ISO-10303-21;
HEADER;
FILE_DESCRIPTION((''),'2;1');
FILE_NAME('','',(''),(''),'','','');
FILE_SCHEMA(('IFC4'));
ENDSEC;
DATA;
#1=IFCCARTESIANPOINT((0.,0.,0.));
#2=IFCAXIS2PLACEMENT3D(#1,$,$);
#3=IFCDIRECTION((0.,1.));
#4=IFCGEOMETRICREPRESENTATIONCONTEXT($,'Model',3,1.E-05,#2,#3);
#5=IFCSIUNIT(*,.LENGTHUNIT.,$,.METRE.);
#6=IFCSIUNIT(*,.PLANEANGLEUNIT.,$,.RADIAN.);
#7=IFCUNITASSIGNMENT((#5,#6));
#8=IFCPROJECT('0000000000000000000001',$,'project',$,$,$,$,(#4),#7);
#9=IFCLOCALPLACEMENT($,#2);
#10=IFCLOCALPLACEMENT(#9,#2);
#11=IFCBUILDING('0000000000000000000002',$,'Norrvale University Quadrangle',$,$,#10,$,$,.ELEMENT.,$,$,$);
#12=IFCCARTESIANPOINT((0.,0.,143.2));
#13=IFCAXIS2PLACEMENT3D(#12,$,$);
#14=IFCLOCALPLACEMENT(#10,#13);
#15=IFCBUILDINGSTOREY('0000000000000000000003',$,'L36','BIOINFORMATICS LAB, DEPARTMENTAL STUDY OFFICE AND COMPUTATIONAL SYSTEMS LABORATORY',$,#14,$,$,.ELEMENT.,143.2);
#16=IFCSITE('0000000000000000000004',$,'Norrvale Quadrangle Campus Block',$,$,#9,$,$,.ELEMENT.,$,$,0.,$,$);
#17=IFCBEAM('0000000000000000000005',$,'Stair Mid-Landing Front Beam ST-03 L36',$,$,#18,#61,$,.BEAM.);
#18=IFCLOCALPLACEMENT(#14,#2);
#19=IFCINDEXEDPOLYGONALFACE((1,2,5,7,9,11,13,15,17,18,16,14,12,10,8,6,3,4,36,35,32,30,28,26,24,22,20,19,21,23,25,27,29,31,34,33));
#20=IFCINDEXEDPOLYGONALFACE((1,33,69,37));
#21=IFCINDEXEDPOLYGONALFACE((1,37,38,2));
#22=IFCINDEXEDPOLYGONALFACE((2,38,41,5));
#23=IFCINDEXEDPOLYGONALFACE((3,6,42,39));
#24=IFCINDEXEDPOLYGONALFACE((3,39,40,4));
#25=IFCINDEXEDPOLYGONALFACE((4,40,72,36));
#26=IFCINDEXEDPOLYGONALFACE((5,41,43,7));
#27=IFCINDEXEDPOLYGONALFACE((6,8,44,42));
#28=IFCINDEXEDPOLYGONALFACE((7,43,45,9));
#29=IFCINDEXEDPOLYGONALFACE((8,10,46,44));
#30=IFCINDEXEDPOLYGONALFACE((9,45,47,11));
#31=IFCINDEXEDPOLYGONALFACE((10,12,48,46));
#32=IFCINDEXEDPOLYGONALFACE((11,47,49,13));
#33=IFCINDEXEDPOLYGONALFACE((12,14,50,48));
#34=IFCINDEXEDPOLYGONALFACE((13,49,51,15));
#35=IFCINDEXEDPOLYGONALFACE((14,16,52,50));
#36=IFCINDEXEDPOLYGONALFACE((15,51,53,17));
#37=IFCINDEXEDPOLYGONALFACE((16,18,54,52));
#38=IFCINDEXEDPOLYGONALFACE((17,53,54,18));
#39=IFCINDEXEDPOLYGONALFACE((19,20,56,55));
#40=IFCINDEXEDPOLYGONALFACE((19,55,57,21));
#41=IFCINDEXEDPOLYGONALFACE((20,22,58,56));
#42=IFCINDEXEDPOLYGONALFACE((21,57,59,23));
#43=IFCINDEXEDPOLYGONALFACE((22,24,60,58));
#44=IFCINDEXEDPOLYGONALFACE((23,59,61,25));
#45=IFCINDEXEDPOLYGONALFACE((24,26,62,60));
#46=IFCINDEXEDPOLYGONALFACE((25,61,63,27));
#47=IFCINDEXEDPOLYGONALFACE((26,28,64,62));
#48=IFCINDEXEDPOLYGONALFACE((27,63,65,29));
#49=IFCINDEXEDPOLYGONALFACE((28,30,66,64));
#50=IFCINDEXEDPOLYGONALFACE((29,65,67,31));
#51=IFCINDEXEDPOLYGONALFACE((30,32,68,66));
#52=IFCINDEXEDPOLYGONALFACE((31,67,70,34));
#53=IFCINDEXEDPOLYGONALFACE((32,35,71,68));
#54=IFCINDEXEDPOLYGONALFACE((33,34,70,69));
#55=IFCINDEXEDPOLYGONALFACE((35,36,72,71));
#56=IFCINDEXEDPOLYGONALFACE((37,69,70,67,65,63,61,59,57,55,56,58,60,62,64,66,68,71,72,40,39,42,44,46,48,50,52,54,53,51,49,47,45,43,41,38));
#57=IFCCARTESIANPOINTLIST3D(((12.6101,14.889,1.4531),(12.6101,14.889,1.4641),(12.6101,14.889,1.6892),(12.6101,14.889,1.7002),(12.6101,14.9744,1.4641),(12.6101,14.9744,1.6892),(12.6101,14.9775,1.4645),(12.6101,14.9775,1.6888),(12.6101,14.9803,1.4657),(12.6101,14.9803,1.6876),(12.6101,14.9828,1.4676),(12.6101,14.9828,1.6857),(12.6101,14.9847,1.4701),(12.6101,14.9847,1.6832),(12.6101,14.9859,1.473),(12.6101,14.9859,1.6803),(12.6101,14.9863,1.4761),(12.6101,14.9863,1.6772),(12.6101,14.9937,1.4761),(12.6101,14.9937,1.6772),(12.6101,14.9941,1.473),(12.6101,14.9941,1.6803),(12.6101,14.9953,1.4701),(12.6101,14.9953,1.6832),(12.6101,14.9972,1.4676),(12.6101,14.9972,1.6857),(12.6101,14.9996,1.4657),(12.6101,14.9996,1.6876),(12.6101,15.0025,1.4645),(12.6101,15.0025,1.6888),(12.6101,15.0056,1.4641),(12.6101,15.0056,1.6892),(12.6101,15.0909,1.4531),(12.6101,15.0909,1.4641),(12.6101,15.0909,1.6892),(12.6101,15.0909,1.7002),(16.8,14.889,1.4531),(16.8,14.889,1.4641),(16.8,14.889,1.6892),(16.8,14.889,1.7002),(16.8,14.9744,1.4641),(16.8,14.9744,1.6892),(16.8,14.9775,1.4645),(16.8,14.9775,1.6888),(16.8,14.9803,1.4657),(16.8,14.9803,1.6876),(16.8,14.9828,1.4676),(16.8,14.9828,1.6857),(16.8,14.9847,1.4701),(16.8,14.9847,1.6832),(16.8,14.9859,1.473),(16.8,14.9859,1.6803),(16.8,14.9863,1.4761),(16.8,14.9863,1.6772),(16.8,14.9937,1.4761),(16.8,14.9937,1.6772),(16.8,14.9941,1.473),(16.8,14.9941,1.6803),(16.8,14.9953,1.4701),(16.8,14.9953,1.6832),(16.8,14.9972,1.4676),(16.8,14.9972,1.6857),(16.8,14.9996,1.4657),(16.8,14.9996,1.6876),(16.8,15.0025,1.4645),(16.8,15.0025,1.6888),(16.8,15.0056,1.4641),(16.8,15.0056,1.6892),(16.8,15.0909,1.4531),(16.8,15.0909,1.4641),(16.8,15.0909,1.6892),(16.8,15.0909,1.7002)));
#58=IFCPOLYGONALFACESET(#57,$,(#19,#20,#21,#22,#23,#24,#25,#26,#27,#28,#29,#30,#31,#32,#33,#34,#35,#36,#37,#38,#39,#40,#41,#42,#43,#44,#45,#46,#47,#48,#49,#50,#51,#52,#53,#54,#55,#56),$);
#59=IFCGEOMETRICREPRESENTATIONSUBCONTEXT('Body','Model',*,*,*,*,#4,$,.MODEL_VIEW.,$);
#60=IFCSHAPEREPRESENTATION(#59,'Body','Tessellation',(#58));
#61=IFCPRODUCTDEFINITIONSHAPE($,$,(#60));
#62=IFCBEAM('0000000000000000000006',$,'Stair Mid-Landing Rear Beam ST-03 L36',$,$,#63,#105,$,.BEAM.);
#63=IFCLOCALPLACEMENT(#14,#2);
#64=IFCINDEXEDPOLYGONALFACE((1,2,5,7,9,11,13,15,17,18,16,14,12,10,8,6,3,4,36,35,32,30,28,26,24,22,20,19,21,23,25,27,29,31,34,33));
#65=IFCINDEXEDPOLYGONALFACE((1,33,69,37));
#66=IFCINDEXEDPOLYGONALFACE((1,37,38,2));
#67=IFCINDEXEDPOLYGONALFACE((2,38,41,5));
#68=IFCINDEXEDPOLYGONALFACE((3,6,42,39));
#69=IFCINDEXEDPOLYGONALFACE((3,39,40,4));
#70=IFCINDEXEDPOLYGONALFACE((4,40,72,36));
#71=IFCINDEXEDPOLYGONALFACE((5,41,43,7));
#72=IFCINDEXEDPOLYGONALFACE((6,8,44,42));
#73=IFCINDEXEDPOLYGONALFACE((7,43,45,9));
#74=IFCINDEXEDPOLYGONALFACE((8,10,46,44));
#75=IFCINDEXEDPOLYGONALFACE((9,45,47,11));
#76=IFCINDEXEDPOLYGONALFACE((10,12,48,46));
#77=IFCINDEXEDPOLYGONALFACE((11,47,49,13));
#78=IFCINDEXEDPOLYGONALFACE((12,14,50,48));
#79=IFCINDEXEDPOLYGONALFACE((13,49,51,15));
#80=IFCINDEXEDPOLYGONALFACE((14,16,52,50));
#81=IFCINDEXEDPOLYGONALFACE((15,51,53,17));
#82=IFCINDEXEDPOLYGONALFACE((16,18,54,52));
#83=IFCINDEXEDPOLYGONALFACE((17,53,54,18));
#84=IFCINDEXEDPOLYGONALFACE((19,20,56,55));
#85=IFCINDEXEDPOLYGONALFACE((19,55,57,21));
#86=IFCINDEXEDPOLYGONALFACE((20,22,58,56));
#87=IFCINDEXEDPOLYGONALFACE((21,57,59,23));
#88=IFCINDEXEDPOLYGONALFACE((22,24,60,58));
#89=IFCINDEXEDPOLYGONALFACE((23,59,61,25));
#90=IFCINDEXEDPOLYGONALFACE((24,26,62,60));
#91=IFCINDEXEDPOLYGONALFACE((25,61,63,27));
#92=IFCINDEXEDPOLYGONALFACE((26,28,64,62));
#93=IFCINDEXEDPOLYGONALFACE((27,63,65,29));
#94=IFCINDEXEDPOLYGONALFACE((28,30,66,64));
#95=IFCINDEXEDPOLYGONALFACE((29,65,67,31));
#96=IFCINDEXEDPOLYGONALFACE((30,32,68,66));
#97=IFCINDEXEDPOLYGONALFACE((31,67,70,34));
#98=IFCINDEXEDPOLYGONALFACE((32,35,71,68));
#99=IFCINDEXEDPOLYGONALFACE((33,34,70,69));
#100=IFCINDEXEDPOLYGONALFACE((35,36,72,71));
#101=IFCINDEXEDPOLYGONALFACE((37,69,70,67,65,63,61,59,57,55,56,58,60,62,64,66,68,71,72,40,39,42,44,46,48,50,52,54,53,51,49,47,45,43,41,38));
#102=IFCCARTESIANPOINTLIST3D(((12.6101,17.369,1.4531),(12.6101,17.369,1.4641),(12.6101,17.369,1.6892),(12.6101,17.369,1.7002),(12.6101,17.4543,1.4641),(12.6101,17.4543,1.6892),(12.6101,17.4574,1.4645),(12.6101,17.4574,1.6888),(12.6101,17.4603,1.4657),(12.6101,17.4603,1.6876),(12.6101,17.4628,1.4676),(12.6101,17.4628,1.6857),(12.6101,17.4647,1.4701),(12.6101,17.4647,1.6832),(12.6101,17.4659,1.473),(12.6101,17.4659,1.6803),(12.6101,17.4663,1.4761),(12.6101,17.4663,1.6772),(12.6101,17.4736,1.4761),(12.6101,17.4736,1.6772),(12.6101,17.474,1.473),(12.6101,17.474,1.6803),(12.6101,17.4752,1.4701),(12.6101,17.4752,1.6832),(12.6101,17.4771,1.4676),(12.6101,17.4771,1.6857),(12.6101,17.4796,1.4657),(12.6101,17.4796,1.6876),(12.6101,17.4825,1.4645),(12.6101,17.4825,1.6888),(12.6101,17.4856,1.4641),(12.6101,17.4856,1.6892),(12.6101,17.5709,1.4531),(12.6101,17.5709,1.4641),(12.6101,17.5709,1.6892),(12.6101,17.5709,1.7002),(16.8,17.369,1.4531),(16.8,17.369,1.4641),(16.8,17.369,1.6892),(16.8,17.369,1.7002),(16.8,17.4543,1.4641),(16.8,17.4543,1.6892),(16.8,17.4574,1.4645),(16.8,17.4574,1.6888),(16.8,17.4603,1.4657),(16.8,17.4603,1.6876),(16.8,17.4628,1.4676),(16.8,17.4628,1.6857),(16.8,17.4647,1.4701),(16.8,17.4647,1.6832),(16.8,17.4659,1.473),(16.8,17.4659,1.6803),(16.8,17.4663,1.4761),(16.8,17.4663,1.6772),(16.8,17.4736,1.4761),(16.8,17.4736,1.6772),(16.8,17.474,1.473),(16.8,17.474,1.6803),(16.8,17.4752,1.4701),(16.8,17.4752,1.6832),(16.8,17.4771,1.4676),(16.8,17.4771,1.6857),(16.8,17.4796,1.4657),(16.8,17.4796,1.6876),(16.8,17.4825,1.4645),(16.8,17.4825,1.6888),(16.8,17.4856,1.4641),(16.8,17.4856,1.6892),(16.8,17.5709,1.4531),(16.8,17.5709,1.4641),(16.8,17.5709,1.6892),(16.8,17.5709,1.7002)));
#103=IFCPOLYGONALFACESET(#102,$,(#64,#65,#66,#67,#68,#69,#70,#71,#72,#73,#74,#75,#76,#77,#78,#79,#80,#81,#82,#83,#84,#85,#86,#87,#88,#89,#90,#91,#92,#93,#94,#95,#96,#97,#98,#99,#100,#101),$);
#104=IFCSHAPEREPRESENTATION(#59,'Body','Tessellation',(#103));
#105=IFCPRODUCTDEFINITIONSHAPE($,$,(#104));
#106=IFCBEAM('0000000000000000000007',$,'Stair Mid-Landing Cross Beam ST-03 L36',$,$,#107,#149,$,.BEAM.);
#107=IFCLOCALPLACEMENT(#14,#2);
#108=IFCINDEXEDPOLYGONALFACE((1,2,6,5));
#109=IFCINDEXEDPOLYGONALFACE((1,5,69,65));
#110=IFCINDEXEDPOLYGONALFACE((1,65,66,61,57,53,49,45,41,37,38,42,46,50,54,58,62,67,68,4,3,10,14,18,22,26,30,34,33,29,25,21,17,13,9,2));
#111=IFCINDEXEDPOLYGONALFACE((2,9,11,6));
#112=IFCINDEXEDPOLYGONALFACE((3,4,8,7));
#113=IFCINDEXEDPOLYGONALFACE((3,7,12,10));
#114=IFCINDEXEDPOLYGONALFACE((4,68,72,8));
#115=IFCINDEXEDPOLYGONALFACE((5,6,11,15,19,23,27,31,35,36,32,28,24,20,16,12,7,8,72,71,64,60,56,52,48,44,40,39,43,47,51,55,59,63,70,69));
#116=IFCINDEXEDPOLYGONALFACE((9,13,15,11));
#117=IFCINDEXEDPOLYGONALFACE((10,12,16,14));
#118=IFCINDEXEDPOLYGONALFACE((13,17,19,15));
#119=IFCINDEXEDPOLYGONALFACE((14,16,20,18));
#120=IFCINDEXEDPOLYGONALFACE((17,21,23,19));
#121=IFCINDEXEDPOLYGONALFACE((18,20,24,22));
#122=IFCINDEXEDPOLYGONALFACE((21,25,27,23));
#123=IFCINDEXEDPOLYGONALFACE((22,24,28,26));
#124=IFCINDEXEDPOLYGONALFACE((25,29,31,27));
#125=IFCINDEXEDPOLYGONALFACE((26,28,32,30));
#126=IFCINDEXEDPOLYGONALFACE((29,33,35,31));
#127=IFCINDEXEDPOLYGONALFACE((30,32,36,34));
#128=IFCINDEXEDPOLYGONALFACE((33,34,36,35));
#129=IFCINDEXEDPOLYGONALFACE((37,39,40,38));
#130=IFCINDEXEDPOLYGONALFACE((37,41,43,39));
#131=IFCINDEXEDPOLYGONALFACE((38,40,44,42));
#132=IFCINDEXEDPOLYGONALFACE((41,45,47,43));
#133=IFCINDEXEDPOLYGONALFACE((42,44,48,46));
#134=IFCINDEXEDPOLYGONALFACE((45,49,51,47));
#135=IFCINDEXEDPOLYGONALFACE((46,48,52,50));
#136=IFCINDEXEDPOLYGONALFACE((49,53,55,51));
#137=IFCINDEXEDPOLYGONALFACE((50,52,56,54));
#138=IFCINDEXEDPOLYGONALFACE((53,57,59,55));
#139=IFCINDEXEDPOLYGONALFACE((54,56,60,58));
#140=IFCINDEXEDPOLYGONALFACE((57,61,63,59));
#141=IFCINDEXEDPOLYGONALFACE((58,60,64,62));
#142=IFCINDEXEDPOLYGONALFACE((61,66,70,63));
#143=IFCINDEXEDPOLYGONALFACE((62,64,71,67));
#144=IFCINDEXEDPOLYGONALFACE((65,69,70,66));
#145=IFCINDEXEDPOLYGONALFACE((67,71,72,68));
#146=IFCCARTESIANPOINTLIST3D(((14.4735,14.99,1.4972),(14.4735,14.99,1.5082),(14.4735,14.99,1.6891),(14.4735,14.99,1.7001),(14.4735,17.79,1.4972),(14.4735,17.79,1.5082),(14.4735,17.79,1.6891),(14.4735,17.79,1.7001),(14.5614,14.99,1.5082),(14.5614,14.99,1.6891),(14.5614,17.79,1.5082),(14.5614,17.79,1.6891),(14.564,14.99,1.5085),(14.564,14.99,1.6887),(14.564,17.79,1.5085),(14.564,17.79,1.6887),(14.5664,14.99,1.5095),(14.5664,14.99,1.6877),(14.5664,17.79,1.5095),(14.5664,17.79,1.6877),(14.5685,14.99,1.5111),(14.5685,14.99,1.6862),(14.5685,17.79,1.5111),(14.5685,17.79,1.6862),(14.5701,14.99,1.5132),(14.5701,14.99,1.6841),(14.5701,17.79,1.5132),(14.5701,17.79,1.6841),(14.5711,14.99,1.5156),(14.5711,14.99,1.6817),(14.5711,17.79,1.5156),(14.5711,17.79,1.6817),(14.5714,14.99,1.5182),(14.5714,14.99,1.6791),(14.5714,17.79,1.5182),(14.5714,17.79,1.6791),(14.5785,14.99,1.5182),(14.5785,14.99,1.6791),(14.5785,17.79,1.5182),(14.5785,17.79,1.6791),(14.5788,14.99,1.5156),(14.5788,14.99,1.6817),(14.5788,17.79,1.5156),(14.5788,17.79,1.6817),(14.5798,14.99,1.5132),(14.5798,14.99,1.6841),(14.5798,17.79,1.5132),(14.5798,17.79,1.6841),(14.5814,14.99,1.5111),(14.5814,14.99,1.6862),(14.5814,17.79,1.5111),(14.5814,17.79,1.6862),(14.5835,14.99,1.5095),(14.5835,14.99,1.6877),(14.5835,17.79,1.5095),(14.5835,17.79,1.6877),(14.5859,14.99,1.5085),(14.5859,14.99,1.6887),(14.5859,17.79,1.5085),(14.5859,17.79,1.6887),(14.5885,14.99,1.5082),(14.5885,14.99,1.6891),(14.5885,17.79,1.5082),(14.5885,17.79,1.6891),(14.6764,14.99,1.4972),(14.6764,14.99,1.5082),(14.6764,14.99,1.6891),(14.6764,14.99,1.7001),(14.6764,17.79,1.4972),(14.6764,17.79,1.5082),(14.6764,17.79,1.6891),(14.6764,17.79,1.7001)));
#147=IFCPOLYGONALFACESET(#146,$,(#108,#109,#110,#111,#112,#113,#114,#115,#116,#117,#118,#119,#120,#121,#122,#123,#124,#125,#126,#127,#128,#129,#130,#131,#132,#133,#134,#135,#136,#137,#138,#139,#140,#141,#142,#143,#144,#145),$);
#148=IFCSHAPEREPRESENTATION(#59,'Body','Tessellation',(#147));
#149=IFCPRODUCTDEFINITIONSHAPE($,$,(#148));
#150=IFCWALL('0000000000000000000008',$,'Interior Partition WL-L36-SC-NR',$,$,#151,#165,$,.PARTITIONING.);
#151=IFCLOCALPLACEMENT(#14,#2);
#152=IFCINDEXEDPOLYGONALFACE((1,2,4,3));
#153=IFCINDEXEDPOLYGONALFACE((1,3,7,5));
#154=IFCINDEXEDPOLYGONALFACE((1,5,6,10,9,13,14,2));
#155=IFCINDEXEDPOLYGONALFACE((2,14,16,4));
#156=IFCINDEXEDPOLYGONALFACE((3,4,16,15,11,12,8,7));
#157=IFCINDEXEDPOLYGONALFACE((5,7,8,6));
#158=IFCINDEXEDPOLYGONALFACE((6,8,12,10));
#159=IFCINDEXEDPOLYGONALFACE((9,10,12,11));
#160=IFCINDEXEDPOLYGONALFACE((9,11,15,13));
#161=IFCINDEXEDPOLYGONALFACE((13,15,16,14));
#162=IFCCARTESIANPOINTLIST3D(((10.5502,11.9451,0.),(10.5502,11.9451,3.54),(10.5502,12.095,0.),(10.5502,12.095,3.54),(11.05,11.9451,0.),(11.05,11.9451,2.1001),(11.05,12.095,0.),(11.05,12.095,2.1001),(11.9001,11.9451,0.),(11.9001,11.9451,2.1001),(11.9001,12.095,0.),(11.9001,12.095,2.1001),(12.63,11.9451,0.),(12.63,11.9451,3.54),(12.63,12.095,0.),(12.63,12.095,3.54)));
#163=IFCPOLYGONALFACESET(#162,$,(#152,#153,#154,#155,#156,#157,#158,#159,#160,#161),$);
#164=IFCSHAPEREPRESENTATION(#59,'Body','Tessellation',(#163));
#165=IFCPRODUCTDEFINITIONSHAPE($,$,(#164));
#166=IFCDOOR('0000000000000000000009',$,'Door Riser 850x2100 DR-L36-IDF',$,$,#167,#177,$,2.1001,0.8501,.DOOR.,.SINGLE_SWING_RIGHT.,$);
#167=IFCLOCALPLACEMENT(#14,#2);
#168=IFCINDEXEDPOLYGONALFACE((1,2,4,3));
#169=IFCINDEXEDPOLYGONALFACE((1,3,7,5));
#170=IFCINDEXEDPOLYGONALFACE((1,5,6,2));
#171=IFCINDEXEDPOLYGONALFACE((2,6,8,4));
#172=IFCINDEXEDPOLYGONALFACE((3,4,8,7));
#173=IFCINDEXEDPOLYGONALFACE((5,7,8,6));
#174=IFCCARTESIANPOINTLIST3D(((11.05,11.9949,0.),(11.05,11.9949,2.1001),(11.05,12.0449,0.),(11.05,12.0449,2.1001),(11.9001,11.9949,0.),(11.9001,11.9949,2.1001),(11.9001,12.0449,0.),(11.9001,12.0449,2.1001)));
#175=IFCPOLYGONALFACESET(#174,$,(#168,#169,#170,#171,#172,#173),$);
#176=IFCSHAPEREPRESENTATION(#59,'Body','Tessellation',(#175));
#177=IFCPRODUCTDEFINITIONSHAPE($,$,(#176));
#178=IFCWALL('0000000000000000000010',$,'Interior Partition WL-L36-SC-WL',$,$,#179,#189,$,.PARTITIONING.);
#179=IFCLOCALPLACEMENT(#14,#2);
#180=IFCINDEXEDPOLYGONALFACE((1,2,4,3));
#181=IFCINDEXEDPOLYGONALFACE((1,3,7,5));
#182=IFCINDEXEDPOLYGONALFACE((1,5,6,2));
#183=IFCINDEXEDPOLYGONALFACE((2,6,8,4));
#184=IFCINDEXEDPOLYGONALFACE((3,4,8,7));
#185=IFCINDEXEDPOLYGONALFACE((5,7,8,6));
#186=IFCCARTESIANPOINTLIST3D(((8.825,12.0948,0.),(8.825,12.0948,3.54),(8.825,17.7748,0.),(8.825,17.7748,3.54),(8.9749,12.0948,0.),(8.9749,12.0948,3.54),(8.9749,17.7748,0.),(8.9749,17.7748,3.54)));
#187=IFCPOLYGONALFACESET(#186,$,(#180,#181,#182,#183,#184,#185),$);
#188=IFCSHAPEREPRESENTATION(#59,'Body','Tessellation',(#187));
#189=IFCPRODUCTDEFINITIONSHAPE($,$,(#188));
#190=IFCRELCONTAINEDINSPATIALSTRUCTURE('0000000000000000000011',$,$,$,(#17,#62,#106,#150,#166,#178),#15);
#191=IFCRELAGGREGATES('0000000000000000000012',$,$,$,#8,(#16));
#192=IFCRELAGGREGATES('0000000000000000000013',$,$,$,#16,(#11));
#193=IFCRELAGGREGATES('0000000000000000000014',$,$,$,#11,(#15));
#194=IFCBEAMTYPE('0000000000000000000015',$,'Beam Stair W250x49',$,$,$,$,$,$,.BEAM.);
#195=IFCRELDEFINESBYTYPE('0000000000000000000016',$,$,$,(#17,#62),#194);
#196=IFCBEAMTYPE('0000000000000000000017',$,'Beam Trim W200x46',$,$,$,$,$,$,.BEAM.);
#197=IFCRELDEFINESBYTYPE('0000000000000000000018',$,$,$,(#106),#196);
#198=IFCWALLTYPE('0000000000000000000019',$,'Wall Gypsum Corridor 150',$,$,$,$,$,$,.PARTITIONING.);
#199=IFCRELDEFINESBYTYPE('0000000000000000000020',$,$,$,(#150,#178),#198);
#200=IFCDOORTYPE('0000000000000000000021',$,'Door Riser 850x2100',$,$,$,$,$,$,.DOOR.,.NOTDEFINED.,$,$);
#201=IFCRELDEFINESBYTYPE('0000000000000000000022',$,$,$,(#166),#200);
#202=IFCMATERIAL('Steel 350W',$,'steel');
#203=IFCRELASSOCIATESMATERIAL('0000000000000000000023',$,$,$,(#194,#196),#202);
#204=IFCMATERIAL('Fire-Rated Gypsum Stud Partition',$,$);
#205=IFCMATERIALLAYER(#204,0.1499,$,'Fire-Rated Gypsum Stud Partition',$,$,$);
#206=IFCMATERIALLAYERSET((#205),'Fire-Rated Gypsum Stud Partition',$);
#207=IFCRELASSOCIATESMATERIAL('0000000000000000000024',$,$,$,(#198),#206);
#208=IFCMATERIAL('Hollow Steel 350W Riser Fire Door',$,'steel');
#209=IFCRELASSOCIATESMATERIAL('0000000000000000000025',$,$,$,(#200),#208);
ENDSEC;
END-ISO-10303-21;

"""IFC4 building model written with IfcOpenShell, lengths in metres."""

from ifc_helpers import new_model, si_unit, direction, frame, frame_2d, origin, origin_2d, place, context, subcontext, project, spatial, rectangle, i_section, extrude, material, layer, layer_set, material_profile, profile_set, type_object, element, fill, save


model = new_model("IFC4")

# Units and contexts
model_context = context("Model", 3, precision=1e-05, world=origin(), true_north=direction((0.0, 1.0)))
body_context = subcontext(model_context, "Body", "Model", "MODEL_VIEW")
ifc_project = project(units=[si_unit("LENGTHUNIT", "METRE"), si_unit("PLANEANGLEUNIT", "RADIAN")], contexts=[model_context])

# Site, building, storey
site_placement = place(None, origin())
site = spatial("IfcSite", under=ifc_project, at=site_placement, Name="Norrvale Quadrangle Campus Block", CompositionType="ELEMENT", RefElevation=0.0)
building_placement = place(site_placement, origin())
building = spatial("IfcBuilding", under=site, at=building_placement, Name="Norrvale University Quadrangle", CompositionType="ELEMENT")
storey_placement = place(building_placement, frame((0.0, 0.0, 143.2)))
storey = spatial("IfcBuildingStorey", under=building, at=storey_placement, Name="L36", Description="BIOINFORMATICS LAB, DEPARTMENTAL STUDY OFFICE AND COMPUTATIONAL SYSTEMS LABORATORY", CompositionType="ELEMENT", Elevation=143.2)

# Beams
ifc_material_1 = material(Name="Steel 350W", Category="steel")
ifc_material_profile_1 = material_profile(ifc_material_1, i_section(OverallWidth=0.2019, OverallDepth=0.2471, WebThickness=0.0073, FlangeThickness=0.011, FilletRadius=0.012, at=origin_2d()), Name="Steel 350W")
ifc_profile_set_1 = profile_set([ifc_material_profile_1], Name="Steel 350W")
beam_type_1 = type_object("IfcBeamType", Name="Beam Stair W250x49", PredefinedType="BEAM", material=ifc_profile_set_1)
for number, where, z_axis, x_axis, name in (
    (1, (12.6101, 14.99, 1.5767), (1.0, 0.0, 0.0), (0.0, 1.0, 0.0), "Stair Mid-Landing Front Beam ST-03 L36"),
    (2, (12.6101, 17.47, 1.5767), (1.0, 0.0, 0.0), (0.0, 1.0, 0.0), "Stair Mid-Landing Rear Beam ST-03 L36"),
):
    element("IfcBeam", number, at=place(storey_placement, frame(where, z_axis=z_axis, x_axis=x_axis)), inside=storey, type_object=beam_type_1, Name=name, PredefinedType="BEAM", context=body_context, shape_type="SweptSolid", body=[
        extrude(i_section(OverallWidth=0.2019, OverallDepth=0.2471, WebThickness=0.0073, FlangeThickness=0.011, FilletRadius=0.012, at=origin_2d()), origin(), (0.0, 0.0, 1.0), 4.1899),
    ])
ifc_material_profile_2 = material_profile(ifc_material_1, i_section(OverallWidth=0.2029, OverallDepth=0.2029, WebThickness=0.0071, FlangeThickness=0.011, FilletRadius=0.01, at=origin_2d()), Name="Steel 350W")
ifc_profile_set_2 = profile_set([ifc_material_profile_2], Name="Steel 350W")
beam_type_2 = type_object("IfcBeamType", Name="Beam Trim W200x46", PredefinedType="BEAM", material=ifc_profile_set_2)
beam_placement = place(storey_placement, frame((14.575, 14.99, 1.5986), z_axis=(0.0, 1.0, 0.0), x_axis=(-1.0, 0.0, 0.0)))
element("IfcBeam", 3, at=beam_placement, inside=storey, type_object=beam_type_2, Name="Stair Mid-Landing Cross Beam ST-03 L36", PredefinedType="BEAM", context=body_context, shape_type="SweptSolid", body=[
    extrude(i_section(OverallWidth=0.2029, OverallDepth=0.2029, WebThickness=0.0071, FlangeThickness=0.011, FilletRadius=0.01, at=origin_2d()), origin(), (0.0, 0.0, 1.0), 2.8),
])

# Wall, opening, door
ifc_material_2 = material(Name="Fire-Rated Gypsum Stud Partition")
ifc_layer_1 = layer(ifc_material_2, 0.1499, Name="Fire-Rated Gypsum Stud Partition")
ifc_layer_set_1 = layer_set([ifc_layer_1], Name="Fire-Rated Gypsum Stud Partition")
wall_type_1 = type_object("IfcWallType", Name="Wall Gypsum Corridor 150", PredefinedType="PARTITIONING", material=ifc_layer_set_1)
wall_1_placement = place(storey_placement, frame((10.55, 12.02, 0.0), z_axis=(0.0, 0.0, 1.0), x_axis=(1.0, 0.0, 0.0)))
wall_1 = element("IfcWall", 4, at=wall_1_placement, inside=storey, type_object=wall_type_1, Name="Interior Partition WL-L36-SC-NR", PredefinedType="PARTITIONING", context=body_context, shape_type="SweptSolid", body=[
    extrude(rectangle(XDim=2.0798, YDim=0.1499, at=frame_2d((1.04, 0.0))), origin(), (0.0, 0.0, 1.0), 3.54),
])
opening_1_placement = place(wall_1_placement, frame((0.5, 0.0, 0.0)))
opening_1 = element("IfcOpeningElement", 5, at=opening_1_placement, cuts=wall_1, PredefinedType="OPENING", context=body_context, shape_type="SweptSolid", body=[
    extrude(rectangle(XDim=0.8501, YDim=2.1001, at=frame_2d((0.425, 1.05))), frame((0.0, 0.0869, 0.0), z_axis=(0.0, -1.0, 0.0), x_axis=(1.0, 0.0, 0.0)), (0.0, 0.0, 1.0), 0.1738),
])
ifc_material_3 = material(Name="Hollow Steel 350W Riser Fire Door", Category="steel")
door_type_1 = type_object("IfcDoorType", Name="Door Riser 850x2100", OperationType="NOTDEFINED", PredefinedType="DOOR", material=ifc_material_3)
door_1_placement = place(opening_1_placement, origin())
door_1 = element("IfcDoor", 6, at=door_1_placement, inside=storey, type_object=door_type_1, Name="Door Riser 850x2100 DR-L36-IDF", OperationType="SINGLE_SWING_RIGHT", OverallHeight=2.1001, OverallWidth=0.8501, PredefinedType="DOOR", context=body_context, shape_type="SweptSolid", body=[
    extrude(rectangle(XDim=0.8501, YDim=2.1001, at=frame_2d((0.425, 1.05))), frame((0.0, 0.0249, 0.0), z_axis=(0.0, -1.0, 0.0), x_axis=(1.0, 0.0, 0.0)), (0.0, 0.0, 1.0), 0.05),
])
fill(opening_1, door_1)

# Wall
for number, where, z_axis, x_axis, name in (
    (7, (8.8999, 12.095, 0.0), (0.0, 0.0, 1.0), (0.0, 1.0, 0.0), "Interior Partition WL-L36-SC-WL"),
):
    element("IfcWall", number, at=place(storey_placement, frame(where, z_axis=z_axis, x_axis=x_axis)), inside=storey, type_object=wall_type_1, Name=name, PredefinedType="PARTITIONING", context=body_context, shape_type="SweptSolid", body=[
        extrude(rectangle(XDim=5.6799, YDim=0.1499, at=frame_2d((2.8398, 0.0))), origin(), (0.0, 0.0, 1.0), 3.54),
    ])

save(model, "model.ifc")
